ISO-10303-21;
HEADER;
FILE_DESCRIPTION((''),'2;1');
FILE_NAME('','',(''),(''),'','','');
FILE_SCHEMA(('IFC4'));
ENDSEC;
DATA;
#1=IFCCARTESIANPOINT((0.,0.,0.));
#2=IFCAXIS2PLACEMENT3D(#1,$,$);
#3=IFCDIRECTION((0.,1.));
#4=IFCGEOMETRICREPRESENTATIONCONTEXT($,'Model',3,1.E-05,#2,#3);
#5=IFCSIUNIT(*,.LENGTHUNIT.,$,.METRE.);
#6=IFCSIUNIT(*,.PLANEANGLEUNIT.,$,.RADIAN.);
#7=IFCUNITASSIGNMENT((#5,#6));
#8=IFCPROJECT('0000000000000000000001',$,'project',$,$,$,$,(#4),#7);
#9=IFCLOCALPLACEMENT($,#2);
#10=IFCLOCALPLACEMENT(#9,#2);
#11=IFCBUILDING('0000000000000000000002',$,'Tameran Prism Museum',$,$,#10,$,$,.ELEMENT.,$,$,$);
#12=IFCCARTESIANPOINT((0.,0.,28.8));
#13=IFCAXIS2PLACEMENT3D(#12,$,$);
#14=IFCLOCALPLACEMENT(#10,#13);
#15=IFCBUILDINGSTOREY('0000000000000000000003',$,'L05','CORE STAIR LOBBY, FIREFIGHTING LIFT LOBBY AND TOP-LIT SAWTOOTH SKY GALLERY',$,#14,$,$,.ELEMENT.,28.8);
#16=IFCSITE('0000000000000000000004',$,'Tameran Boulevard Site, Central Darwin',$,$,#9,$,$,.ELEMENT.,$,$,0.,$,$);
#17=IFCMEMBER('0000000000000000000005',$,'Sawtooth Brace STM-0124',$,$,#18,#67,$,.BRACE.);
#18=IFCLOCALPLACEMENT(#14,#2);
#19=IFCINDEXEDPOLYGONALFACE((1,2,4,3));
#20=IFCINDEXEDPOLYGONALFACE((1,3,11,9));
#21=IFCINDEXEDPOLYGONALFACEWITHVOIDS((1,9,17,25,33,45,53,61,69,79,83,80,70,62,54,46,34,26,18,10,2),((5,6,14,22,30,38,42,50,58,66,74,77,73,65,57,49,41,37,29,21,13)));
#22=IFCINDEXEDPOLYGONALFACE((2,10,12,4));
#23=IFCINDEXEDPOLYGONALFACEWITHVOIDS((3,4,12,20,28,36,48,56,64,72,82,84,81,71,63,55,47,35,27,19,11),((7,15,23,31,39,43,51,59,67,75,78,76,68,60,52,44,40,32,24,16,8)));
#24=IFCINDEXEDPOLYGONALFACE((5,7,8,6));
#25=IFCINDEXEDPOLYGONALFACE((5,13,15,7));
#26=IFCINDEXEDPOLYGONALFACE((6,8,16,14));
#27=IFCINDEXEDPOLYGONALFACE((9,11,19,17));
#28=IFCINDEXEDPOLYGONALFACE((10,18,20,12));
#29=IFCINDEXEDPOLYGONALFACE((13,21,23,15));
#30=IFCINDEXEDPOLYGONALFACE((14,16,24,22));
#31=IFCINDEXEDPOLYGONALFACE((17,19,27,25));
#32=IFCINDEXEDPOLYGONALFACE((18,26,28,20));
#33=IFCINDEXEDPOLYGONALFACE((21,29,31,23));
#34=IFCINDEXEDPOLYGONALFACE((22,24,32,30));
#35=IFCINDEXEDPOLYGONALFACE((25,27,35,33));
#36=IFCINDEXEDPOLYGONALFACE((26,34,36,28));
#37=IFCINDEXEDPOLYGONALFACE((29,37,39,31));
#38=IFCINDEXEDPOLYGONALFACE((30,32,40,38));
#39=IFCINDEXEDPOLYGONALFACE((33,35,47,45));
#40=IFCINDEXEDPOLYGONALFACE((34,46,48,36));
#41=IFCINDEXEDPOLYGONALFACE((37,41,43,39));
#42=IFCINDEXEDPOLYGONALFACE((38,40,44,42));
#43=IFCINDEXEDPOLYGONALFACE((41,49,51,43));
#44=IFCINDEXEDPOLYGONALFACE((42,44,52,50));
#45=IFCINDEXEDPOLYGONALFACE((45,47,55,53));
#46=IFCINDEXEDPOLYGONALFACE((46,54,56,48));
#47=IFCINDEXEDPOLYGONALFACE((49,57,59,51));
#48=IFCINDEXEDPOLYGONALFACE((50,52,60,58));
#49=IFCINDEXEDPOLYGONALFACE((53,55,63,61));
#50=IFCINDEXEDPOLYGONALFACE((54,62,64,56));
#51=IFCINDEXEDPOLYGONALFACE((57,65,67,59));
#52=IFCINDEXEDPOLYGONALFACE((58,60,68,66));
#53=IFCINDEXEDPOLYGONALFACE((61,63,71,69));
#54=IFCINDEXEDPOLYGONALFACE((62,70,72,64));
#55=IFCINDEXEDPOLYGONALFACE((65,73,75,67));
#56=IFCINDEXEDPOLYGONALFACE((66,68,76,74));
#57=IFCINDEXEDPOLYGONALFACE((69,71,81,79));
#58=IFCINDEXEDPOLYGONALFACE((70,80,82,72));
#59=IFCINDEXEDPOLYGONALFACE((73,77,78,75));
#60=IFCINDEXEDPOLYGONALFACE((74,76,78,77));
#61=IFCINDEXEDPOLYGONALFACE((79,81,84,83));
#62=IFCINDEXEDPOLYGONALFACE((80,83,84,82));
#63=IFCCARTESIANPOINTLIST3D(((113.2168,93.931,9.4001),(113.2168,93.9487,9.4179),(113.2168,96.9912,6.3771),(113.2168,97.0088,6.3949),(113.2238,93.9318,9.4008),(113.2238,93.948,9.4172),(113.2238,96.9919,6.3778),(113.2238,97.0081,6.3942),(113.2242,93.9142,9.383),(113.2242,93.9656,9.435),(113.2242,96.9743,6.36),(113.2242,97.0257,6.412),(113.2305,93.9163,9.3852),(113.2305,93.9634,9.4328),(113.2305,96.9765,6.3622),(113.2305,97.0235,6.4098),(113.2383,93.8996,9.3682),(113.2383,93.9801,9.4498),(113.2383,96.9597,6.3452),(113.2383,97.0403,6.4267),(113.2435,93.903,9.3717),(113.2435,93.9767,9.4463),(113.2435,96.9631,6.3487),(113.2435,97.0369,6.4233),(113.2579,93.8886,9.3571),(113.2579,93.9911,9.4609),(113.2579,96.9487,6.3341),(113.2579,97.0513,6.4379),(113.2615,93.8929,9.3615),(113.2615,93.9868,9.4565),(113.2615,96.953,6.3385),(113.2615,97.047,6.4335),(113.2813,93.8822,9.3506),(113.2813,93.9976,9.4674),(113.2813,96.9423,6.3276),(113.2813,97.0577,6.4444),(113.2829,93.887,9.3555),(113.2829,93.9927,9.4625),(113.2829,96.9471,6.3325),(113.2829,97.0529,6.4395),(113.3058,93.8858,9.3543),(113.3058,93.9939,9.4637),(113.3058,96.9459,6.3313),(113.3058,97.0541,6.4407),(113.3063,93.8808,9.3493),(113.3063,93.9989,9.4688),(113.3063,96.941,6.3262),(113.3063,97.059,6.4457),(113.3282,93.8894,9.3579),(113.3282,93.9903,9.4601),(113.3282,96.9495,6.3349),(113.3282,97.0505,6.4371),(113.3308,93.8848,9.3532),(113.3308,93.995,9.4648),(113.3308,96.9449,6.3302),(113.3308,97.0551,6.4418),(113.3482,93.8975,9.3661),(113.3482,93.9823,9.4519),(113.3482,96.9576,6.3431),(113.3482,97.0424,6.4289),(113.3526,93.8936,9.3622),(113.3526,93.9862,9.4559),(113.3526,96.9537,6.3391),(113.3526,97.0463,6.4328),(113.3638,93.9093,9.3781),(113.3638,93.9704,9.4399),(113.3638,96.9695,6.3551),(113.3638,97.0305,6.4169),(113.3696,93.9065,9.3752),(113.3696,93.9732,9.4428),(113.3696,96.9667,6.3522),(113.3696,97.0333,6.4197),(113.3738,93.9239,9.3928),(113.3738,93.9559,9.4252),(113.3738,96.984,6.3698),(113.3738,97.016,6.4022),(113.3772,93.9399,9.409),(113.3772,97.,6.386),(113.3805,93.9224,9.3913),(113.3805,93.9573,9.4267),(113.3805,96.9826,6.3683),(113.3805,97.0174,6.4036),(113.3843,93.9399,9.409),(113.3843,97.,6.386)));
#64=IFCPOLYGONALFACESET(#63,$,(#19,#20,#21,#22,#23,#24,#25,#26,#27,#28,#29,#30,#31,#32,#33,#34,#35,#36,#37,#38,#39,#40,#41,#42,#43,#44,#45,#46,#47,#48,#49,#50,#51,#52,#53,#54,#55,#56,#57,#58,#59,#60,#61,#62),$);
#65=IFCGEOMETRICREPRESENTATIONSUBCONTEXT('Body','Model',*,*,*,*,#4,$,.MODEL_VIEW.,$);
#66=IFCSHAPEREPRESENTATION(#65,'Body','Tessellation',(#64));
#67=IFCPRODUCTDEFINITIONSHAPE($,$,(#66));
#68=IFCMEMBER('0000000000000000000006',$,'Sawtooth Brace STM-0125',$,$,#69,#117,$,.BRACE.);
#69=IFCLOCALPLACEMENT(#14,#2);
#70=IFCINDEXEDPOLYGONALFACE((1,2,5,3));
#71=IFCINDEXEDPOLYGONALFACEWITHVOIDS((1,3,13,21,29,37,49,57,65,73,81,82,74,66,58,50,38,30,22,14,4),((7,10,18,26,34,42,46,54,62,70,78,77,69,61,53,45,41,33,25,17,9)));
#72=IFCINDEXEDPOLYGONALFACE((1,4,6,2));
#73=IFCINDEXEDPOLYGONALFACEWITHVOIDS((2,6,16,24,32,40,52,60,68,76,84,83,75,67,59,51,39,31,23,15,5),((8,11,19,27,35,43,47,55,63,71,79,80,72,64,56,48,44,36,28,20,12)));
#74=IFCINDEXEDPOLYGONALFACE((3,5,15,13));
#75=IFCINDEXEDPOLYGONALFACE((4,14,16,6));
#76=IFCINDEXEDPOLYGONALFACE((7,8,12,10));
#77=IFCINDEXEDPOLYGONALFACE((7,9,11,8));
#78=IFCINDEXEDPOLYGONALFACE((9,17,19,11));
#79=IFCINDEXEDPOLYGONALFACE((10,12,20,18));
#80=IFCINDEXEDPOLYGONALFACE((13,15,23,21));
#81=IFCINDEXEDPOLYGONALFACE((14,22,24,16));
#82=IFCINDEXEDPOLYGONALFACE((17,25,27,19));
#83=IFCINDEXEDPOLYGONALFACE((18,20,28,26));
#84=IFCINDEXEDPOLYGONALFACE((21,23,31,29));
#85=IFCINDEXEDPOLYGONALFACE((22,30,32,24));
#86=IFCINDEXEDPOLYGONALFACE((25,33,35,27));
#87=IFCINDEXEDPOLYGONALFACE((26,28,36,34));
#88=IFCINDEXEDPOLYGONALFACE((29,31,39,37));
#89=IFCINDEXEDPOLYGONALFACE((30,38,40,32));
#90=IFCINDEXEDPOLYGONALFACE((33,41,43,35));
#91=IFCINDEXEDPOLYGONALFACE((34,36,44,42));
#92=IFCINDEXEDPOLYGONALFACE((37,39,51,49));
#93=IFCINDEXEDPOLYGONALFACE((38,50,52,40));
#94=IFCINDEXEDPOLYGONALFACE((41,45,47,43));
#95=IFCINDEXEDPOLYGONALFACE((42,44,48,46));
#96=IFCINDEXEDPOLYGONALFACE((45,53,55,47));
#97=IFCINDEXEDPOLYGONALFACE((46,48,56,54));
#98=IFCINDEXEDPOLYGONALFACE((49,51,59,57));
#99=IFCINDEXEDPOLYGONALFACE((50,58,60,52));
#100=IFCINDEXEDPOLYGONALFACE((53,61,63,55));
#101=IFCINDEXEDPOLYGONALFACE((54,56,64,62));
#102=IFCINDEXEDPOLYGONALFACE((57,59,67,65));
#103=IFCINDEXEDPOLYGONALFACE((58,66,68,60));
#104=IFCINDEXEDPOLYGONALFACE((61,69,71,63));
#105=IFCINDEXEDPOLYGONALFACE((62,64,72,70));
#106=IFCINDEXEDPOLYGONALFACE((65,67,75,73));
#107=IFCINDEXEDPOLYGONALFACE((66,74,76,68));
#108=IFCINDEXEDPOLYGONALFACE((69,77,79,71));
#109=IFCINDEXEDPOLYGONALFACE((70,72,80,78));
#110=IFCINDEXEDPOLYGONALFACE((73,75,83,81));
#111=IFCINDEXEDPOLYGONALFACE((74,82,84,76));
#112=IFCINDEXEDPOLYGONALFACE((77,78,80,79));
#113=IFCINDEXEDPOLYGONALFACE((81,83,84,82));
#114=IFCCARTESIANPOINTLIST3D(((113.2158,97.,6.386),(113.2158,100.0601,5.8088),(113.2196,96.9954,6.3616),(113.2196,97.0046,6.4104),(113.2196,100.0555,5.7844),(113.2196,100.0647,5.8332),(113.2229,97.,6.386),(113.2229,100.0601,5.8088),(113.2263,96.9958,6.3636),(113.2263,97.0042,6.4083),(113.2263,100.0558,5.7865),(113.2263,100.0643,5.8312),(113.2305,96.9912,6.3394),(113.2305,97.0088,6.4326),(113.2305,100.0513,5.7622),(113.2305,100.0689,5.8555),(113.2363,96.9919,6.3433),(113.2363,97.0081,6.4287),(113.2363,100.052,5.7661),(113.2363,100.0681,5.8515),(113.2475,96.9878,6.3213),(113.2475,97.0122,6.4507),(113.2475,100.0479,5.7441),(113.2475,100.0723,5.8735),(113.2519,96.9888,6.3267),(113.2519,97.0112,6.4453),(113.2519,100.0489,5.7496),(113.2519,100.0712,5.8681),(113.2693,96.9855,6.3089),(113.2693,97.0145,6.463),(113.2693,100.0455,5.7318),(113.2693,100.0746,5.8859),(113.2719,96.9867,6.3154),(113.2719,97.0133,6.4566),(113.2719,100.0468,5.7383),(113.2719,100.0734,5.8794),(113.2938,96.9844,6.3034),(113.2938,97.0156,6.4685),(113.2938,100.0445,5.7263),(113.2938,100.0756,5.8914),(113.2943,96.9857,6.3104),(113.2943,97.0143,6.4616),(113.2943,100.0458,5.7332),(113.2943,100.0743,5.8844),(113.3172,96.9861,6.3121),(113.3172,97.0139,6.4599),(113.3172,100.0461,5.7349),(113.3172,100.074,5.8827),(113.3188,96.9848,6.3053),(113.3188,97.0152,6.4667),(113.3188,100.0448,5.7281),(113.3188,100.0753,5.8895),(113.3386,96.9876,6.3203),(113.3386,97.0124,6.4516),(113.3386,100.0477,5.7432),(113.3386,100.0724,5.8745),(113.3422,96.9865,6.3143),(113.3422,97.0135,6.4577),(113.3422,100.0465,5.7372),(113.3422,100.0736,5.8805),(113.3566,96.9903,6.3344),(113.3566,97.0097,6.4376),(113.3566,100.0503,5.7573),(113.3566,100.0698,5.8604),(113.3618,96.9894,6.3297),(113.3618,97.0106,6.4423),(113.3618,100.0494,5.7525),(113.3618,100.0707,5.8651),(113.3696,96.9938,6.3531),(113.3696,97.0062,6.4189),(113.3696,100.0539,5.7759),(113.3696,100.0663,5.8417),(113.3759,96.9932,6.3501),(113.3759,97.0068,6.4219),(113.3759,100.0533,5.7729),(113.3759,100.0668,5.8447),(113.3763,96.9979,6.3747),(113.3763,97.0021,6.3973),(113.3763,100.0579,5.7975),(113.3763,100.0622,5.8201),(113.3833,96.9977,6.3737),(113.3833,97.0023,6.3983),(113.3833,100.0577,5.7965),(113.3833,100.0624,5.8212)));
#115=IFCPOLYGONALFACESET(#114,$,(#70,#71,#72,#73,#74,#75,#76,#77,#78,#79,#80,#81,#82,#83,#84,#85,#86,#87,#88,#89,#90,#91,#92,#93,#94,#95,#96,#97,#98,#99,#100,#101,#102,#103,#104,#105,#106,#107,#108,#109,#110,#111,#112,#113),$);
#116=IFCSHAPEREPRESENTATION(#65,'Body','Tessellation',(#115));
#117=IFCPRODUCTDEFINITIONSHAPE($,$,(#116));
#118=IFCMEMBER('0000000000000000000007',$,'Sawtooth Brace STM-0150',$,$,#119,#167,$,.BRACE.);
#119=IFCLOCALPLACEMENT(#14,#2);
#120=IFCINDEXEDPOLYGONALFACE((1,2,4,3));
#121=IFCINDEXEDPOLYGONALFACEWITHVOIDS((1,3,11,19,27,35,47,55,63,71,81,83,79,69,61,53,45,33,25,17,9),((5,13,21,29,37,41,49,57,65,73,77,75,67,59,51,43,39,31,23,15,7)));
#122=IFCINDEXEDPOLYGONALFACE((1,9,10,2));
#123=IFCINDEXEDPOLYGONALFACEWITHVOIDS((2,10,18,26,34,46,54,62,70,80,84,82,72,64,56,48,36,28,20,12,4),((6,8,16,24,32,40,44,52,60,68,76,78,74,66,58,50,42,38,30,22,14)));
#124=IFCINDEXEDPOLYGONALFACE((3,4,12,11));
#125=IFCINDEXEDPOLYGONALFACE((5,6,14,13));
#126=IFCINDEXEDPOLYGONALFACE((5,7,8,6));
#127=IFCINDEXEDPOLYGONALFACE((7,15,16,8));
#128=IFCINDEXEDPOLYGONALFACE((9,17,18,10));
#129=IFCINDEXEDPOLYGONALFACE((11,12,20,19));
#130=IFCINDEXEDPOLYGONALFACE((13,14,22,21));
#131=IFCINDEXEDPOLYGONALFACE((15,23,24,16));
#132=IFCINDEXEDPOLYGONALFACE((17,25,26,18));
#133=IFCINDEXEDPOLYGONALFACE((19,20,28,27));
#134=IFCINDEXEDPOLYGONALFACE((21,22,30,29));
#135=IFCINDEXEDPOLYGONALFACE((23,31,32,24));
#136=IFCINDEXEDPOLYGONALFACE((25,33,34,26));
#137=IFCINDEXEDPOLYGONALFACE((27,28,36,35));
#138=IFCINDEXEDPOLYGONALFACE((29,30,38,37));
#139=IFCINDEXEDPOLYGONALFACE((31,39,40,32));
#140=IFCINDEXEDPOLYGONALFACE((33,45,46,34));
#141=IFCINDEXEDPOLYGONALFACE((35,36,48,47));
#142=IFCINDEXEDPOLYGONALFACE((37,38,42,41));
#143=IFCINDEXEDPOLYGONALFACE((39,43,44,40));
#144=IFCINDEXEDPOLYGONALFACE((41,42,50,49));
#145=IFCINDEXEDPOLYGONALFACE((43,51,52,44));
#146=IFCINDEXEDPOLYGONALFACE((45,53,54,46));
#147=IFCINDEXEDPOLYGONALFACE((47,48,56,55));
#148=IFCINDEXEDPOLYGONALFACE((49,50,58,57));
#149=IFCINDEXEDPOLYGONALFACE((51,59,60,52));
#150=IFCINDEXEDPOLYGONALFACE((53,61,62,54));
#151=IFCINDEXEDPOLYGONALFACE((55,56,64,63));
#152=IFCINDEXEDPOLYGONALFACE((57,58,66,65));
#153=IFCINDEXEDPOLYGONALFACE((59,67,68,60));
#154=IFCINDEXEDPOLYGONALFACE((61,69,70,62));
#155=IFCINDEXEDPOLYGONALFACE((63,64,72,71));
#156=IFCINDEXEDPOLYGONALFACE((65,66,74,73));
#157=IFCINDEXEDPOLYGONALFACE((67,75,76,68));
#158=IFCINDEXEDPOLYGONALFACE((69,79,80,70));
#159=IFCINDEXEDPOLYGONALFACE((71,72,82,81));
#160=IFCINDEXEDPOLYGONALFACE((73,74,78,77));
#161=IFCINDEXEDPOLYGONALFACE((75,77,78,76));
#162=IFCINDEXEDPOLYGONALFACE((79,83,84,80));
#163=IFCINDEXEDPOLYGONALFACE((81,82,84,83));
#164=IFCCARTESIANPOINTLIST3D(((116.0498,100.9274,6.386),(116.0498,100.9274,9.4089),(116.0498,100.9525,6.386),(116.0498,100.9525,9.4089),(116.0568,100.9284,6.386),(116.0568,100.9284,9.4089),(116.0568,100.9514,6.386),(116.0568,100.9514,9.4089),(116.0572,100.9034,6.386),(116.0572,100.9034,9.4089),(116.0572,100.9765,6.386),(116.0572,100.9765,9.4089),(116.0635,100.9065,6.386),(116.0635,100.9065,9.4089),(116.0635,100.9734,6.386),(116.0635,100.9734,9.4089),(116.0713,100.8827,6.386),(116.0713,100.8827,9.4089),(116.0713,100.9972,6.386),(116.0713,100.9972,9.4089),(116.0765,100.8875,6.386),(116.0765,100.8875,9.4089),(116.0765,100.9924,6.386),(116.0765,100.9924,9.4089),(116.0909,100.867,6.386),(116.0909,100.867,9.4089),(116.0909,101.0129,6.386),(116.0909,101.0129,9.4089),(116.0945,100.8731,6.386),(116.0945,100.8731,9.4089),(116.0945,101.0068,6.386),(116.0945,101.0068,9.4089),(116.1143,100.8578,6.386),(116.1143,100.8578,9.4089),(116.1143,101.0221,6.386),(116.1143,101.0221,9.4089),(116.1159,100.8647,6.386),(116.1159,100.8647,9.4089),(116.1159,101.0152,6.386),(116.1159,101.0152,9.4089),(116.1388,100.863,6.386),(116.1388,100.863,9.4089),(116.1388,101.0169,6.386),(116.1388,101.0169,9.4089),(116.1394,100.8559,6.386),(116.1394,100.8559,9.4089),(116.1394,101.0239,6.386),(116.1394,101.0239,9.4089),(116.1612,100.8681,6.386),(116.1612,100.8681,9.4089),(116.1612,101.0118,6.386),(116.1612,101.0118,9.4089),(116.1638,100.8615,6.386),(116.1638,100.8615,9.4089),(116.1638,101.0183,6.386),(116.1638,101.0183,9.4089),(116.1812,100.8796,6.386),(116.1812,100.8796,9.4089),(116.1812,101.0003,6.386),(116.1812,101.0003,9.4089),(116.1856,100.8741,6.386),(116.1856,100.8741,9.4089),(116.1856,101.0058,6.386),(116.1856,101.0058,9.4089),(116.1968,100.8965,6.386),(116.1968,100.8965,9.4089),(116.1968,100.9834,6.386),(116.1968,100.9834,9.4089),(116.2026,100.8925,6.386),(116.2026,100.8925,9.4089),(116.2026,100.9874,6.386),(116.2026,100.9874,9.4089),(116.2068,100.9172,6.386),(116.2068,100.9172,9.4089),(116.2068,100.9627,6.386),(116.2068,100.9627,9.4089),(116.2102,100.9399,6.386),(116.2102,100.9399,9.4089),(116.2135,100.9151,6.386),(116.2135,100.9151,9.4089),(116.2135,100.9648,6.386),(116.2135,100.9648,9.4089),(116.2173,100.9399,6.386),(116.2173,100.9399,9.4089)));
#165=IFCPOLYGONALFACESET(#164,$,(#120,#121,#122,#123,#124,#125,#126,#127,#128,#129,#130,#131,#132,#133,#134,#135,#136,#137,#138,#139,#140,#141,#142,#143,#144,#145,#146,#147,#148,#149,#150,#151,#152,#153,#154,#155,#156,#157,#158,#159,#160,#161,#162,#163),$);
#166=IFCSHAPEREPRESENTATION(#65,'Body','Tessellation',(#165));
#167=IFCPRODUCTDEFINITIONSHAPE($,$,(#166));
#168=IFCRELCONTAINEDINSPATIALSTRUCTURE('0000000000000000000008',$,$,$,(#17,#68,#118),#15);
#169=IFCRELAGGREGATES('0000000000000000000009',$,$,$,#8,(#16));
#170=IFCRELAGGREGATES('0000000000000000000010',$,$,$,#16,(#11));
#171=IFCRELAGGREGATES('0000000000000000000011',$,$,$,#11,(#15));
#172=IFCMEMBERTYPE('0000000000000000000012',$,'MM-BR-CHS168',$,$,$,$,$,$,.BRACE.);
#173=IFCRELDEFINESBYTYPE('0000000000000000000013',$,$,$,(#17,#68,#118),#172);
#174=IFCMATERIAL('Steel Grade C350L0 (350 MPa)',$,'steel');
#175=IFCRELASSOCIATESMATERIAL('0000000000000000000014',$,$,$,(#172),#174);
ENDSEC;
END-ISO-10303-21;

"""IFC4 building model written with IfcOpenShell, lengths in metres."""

from ifc_helpers import new_model, si_unit, direction, frame, origin, origin_2d, place, context, subcontext, project, spatial, hollow_circle, extrude, material, material_profile, profile_set, type_object, element, save


model = new_model("IFC4")

# Units and contexts
model_context = context("Model", 3, precision=1e-05, world=origin(), true_north=direction((0.0, 1.0)))
body_context = subcontext(model_context, "Body", "Model", "MODEL_VIEW")
ifc_project = project(units=[si_unit("LENGTHUNIT", "METRE"), si_unit("PLANEANGLEUNIT", "RADIAN")], contexts=[model_context])

# Site, building, storey
site_placement = place(None, origin())
site = spatial("IfcSite", under=ifc_project, at=site_placement, Name="Tameran Boulevard Site, Central Darwin", CompositionType="ELEMENT", RefElevation=0.0)
building_placement = place(site_placement, origin())
building = spatial("IfcBuilding", under=site, at=building_placement, Name="Tameran Prism Museum", CompositionType="ELEMENT")
storey_placement = place(building_placement, frame((0.0, 0.0, 28.8)))
storey = spatial("IfcBuildingStorey", under=building, at=storey_placement, Name="L05", Description="CORE STAIR LOBBY, FIREFIGHTING LIFT LOBBY AND TOP-LIT SAWTOOTH SKY GALLERY", CompositionType="ELEMENT", Elevation=28.8)

# Members
ifc_material_1 = material(Name="Steel Grade C350L0 (350 MPa)", Category="steel")
ifc_material_profile_1 = material_profile(ifc_material_1, hollow_circle(Radius=0.0842, WallThickness=0.0071, at=origin_2d()))
ifc_profile_set_1 = profile_set([ifc_material_profile_1])
member_type_1 = type_object("IfcMemberType", Name="MM-BR-CHS168", PredefinedType="BRACE", material=ifc_profile_set_1)
member_1_placement = place(storey_placement, frame((113.3, 97.0, 6.386), z_axis=(0.0, -0.711407, 0.70278), x_axis=(1.0, 0.0, 0.0)))
element("IfcMember", 1, at=member_1_placement, inside=storey, type_object=member_type_1, Name="Sawtooth Brace STM-0124", PredefinedType="BRACE", context=body_context, shape_type="SweptSolid", body=[
    extrude(hollow_circle(Radius=0.0842, WallThickness=0.0071, at=origin_2d()), origin(), (0.0, 0.0, 1.0), 4.3015),
])
member_2_placement = place(storey_placement, frame((113.3, 97.0, 6.386), z_axis=(0.0, 0.982675, -0.185339), x_axis=(-1.0, 0.0, 0.0)))
element("IfcMember", 2, at=member_2_placement, inside=storey, type_object=member_type_1, Name="Sawtooth Brace STM-0125", PredefinedType="BRACE", context=body_context, shape_type="SweptSolid", body=[
    extrude(hollow_circle(Radius=0.0842, WallThickness=0.0071, at=origin_2d()), origin(), (0.0, 0.0, 1.0), 3.114),
])
member_3_placement = place(storey_placement, frame((116.1331, 100.9399, 6.386), z_axis=(0.0, 0.0, 1.0), x_axis=(1.0, 0.0, 0.0)))
element("IfcMember", 3, at=member_3_placement, inside=storey, type_object=member_type_1, Name="Sawtooth Brace STM-0150", PredefinedType="BRACE", context=body_context, shape_type="SweptSolid", body=[
    extrude(hollow_circle(Radius=0.0842, WallThickness=0.0071, at=origin_2d()), origin(), (0.0, 0.0, 1.0), 3.0229),
])

save(model, "model.ifc")
